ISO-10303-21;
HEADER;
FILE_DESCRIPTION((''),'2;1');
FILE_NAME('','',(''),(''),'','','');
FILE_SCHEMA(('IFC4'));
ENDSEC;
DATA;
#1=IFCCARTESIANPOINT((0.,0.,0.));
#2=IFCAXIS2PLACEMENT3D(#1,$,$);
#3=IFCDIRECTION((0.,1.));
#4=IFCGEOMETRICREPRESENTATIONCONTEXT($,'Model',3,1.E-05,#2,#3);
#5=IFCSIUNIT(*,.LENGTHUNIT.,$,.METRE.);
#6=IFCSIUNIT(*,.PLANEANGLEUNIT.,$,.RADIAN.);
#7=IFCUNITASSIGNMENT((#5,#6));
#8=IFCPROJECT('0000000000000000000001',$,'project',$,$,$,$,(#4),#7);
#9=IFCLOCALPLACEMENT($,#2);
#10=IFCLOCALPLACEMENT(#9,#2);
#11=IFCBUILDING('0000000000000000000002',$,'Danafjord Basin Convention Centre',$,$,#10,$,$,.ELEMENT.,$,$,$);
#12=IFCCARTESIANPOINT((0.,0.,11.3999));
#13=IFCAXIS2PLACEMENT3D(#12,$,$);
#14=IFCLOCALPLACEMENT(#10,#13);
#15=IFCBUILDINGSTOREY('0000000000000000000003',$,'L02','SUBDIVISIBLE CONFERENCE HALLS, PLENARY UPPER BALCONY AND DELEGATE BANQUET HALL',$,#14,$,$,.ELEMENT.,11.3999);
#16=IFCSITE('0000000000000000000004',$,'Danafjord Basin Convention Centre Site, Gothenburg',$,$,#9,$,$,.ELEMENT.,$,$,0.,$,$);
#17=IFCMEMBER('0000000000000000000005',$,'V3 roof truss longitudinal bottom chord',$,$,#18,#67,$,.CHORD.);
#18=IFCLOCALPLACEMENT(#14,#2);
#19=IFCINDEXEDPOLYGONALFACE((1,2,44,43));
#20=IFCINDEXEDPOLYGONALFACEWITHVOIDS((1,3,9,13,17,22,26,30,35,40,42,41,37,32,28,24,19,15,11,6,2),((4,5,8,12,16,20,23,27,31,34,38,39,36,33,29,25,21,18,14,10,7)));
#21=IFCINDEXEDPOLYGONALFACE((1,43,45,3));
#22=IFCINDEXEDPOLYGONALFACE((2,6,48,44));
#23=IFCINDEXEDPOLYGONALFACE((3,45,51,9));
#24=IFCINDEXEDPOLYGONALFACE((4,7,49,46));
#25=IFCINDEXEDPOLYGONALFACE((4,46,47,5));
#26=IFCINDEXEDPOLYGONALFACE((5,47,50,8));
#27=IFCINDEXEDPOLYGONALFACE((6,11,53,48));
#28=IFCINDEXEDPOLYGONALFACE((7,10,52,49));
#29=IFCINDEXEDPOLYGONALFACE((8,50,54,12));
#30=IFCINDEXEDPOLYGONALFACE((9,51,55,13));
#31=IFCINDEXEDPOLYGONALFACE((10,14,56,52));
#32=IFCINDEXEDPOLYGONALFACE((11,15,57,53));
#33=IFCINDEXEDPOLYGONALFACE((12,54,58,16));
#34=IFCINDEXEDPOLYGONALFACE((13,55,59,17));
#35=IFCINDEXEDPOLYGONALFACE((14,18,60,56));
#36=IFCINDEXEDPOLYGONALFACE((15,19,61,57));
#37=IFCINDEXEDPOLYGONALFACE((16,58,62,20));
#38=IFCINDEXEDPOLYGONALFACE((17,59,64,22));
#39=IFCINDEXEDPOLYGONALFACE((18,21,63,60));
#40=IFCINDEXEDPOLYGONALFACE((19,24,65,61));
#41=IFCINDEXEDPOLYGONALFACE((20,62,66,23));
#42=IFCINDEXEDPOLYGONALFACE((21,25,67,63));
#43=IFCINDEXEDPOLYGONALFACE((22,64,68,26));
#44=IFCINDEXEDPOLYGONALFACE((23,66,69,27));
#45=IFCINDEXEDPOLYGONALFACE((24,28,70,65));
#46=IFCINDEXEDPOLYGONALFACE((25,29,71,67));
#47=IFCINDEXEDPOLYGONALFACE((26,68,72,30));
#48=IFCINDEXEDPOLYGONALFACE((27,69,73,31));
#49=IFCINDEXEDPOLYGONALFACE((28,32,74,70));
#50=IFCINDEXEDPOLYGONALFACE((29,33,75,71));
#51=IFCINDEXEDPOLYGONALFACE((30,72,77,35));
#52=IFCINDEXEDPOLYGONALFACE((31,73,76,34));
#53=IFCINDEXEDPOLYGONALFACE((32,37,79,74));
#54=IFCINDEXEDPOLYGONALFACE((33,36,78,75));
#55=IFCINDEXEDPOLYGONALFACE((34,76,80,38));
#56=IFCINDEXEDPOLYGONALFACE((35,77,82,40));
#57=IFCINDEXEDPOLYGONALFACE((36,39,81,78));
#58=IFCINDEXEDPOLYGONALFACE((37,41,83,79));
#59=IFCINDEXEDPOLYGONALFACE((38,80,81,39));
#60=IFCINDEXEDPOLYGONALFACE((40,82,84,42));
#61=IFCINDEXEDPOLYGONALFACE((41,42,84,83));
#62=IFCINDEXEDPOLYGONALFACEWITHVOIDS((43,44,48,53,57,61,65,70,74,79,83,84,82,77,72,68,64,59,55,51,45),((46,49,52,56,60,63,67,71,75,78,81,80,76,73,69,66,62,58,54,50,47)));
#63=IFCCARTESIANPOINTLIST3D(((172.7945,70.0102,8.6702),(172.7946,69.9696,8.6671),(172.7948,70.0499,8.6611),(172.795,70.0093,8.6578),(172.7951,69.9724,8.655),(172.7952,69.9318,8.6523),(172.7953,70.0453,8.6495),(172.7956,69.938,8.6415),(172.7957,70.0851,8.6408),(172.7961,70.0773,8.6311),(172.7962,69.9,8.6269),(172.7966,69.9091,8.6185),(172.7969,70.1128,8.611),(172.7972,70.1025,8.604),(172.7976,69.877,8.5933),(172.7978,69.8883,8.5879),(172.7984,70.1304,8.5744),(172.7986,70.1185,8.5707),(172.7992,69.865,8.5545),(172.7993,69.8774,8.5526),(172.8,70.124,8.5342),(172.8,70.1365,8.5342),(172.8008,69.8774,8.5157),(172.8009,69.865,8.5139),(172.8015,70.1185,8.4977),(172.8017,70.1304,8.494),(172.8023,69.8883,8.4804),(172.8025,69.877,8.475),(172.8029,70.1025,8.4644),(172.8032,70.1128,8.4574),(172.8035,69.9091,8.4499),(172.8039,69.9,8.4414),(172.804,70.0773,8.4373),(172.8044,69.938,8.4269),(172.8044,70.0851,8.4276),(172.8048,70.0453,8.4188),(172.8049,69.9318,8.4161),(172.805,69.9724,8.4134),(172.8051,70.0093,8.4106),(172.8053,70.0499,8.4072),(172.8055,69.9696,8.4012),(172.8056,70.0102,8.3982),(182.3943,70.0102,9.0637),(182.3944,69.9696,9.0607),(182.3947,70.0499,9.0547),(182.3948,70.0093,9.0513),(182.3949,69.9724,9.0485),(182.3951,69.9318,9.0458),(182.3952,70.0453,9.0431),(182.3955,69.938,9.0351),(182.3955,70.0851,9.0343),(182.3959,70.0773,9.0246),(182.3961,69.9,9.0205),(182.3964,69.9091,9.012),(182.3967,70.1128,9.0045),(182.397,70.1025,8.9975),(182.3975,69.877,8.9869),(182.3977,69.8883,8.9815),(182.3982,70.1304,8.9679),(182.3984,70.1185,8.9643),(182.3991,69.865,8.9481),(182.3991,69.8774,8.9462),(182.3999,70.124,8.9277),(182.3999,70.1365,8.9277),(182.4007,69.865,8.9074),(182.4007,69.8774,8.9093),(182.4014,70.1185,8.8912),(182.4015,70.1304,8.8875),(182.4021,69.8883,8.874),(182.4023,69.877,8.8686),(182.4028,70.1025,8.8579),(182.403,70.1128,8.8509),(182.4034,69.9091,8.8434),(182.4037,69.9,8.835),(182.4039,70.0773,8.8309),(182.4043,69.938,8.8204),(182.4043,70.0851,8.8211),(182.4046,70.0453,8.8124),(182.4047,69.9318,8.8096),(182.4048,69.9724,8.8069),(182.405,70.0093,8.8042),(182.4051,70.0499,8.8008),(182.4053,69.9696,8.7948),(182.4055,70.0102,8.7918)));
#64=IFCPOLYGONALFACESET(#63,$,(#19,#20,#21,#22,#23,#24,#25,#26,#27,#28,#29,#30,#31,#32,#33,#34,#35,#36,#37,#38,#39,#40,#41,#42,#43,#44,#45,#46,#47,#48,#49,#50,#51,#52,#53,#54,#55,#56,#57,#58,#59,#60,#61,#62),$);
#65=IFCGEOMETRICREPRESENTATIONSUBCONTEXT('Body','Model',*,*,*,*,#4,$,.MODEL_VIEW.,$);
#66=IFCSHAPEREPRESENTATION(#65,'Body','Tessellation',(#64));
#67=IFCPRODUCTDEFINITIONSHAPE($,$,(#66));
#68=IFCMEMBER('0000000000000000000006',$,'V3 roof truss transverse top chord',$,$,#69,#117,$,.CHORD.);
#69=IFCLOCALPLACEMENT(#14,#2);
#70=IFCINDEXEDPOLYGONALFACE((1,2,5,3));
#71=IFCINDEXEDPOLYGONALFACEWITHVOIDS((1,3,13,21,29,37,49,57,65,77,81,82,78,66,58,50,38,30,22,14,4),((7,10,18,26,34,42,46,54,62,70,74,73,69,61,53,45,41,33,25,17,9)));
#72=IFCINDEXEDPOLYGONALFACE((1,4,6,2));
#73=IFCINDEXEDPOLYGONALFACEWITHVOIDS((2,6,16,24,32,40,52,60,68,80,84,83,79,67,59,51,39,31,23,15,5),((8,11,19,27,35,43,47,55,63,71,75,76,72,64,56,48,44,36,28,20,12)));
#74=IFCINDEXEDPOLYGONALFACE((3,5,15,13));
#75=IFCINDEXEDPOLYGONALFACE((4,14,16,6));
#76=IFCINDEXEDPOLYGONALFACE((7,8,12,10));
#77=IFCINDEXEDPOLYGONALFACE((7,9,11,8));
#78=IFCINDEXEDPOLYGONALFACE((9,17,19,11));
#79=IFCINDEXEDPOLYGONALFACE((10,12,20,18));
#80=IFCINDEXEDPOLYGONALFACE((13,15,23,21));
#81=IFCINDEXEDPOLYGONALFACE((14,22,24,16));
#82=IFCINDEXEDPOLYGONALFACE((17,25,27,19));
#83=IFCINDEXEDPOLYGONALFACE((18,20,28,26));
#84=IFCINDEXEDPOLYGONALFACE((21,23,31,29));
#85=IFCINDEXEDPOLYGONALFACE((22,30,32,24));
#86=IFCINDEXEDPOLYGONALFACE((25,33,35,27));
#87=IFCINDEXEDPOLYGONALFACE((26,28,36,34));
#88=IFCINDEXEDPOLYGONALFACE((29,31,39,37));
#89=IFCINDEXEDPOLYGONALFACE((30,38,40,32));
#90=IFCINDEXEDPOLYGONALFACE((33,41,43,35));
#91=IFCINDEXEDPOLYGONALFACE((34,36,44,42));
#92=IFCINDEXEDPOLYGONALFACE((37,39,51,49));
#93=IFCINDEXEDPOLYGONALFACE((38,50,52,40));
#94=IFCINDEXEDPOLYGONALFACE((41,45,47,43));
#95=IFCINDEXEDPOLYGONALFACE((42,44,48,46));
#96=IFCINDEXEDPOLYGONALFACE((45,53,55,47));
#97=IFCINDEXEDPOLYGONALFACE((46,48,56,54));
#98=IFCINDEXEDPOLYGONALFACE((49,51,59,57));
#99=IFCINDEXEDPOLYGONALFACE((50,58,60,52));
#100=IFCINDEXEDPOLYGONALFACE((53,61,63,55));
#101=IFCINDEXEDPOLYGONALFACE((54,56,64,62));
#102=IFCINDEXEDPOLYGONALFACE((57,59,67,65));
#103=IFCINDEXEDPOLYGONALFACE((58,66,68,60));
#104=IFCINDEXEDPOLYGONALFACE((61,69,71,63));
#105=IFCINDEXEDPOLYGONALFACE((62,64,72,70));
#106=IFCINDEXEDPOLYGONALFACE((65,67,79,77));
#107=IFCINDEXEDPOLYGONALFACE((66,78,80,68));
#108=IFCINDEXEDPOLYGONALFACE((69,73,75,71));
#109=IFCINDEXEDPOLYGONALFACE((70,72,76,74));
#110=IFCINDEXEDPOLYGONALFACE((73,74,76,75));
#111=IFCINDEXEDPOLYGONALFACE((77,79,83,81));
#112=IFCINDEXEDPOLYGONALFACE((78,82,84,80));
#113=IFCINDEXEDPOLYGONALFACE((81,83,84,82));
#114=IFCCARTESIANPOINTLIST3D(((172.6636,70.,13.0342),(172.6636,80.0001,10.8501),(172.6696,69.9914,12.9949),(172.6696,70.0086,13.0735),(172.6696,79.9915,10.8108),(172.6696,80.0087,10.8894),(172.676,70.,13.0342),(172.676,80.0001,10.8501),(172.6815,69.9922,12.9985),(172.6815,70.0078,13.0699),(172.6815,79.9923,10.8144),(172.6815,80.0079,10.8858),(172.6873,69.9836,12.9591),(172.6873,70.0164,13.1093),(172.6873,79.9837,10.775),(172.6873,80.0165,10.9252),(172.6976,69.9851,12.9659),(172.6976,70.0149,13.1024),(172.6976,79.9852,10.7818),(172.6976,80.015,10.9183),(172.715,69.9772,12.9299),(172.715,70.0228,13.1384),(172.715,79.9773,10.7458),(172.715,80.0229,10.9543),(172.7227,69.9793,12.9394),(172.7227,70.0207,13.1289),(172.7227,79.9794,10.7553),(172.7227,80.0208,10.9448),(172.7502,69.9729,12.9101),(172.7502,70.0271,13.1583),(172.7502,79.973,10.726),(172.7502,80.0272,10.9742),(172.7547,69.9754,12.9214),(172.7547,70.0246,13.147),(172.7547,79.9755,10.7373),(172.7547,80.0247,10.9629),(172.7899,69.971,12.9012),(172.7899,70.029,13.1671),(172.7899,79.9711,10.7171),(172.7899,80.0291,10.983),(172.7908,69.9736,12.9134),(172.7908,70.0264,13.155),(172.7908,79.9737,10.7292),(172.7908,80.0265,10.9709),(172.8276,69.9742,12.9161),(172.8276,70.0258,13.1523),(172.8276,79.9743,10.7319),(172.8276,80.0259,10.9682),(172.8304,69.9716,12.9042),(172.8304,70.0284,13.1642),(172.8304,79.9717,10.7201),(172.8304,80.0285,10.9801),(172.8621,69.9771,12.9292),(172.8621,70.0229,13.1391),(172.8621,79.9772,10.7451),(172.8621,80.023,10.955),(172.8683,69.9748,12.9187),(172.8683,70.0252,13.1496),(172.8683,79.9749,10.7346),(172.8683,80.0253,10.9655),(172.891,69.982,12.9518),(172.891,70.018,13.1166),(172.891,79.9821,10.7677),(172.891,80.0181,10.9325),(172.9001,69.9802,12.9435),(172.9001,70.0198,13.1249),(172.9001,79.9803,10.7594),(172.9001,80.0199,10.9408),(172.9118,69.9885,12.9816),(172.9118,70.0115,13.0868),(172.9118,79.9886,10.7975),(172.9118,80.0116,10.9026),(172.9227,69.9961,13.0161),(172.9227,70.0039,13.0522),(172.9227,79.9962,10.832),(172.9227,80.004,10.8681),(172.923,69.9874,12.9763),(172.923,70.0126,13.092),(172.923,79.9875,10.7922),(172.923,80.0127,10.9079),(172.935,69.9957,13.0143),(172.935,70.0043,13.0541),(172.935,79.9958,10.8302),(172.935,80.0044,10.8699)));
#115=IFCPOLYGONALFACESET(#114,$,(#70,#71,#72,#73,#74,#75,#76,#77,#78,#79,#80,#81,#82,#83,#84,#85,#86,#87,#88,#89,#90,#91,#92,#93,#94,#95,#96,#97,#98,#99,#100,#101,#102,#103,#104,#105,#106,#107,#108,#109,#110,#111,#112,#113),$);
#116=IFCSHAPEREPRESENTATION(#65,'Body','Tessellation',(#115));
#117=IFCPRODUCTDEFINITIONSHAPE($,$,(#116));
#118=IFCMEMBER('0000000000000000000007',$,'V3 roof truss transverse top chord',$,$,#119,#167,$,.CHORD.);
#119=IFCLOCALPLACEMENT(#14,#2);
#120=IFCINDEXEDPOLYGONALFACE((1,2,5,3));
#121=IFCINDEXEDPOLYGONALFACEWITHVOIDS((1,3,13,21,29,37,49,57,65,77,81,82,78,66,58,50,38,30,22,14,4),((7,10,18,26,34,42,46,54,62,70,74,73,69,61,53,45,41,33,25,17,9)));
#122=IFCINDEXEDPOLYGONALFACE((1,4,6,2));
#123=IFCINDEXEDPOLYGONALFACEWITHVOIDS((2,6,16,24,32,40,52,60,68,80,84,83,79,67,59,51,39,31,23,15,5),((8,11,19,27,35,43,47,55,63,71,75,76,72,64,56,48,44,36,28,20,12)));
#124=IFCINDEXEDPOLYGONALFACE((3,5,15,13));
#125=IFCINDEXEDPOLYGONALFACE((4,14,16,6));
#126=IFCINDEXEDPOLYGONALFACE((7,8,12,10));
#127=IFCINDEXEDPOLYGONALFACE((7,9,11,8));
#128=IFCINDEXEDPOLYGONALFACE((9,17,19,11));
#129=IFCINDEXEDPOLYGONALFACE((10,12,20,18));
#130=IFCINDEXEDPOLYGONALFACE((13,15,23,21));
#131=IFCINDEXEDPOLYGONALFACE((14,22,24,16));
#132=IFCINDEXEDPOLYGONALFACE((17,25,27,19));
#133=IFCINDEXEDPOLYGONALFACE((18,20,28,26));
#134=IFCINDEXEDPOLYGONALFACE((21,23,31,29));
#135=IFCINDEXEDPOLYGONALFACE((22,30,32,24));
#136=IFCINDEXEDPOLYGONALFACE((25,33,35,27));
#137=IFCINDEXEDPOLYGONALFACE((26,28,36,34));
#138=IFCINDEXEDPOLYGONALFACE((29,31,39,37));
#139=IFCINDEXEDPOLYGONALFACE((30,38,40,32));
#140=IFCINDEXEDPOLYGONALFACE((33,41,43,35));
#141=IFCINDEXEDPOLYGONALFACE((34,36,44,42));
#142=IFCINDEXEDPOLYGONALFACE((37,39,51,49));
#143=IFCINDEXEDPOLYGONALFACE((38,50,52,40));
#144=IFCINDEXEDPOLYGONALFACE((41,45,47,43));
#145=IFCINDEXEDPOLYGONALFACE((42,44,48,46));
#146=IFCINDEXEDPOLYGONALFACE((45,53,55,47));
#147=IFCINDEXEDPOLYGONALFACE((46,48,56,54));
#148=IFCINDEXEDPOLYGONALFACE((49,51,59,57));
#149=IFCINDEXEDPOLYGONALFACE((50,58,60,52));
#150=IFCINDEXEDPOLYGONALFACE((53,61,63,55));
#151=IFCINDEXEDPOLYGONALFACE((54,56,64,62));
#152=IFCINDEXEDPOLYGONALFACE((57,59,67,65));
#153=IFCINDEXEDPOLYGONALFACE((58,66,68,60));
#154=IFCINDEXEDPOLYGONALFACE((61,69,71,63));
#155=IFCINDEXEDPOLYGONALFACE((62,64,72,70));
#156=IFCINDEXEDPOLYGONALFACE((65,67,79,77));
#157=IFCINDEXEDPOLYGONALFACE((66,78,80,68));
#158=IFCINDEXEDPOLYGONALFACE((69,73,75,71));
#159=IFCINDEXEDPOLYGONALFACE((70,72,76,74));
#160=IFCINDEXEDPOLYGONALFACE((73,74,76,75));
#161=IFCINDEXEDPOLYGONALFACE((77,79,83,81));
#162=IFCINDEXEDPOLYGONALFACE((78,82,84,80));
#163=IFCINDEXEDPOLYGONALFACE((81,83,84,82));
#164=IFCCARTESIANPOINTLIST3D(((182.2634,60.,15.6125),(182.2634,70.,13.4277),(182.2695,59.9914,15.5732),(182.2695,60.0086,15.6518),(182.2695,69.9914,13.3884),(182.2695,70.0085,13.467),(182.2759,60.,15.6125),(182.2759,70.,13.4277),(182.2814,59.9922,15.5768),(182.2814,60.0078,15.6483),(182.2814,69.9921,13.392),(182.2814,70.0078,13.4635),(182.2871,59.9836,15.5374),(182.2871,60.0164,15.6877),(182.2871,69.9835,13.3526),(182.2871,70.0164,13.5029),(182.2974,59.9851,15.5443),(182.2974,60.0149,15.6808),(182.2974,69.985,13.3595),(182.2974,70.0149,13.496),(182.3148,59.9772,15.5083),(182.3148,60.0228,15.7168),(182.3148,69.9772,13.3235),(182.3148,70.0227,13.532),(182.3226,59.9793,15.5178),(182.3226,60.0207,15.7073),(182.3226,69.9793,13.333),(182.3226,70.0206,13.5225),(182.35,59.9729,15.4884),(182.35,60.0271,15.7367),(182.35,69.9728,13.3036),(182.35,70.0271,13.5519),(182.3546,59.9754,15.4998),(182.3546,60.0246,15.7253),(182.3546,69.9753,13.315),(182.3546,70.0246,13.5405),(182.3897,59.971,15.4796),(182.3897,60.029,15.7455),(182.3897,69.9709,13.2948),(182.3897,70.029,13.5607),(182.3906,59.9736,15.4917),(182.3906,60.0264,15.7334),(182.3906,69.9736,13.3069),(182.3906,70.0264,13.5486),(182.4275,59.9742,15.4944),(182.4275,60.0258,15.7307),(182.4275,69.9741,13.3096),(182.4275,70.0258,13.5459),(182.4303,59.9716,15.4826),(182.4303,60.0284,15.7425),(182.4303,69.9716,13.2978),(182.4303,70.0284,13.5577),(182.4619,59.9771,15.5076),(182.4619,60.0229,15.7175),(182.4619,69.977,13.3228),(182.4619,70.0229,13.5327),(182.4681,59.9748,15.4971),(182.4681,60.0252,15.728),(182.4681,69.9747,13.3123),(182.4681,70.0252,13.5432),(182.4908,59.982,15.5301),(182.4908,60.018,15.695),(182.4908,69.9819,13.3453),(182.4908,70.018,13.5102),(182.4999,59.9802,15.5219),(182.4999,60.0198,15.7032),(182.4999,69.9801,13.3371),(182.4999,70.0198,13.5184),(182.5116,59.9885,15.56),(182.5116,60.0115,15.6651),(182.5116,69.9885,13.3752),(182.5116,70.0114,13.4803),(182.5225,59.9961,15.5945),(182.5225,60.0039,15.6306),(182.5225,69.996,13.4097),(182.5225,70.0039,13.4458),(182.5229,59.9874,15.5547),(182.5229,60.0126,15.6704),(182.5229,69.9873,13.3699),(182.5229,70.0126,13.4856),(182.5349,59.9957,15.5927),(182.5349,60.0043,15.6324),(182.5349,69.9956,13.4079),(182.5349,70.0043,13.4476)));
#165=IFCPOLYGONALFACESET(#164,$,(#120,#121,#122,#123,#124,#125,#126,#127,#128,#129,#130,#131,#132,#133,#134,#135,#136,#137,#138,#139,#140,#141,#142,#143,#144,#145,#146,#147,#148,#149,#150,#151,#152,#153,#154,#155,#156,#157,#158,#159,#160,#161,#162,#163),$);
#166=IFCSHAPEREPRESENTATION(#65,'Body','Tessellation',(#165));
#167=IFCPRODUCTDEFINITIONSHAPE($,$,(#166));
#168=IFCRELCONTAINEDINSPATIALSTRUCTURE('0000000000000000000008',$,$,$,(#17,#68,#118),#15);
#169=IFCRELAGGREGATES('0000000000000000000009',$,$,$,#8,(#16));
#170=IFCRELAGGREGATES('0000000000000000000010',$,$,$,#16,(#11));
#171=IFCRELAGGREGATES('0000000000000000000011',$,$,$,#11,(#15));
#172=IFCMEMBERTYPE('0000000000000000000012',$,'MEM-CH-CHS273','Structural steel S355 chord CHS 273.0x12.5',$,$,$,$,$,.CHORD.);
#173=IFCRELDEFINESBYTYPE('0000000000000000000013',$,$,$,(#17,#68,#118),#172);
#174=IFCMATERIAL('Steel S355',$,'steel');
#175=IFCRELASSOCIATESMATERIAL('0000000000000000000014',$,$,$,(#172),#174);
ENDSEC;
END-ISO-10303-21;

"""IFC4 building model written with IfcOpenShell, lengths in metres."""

from ifc_helpers import new_model, si_unit, direction, frame, origin, origin_2d, place, context, subcontext, project, spatial, hollow_circle, extrude, material, material_profile, profile_set, type_object, element, save


model = new_model("IFC4")

# Units and contexts
model_context = context("Model", 3, precision=1e-05, world=origin(), true_north=direction((0.0, 1.0)))
body_context = subcontext(model_context, "Body", "Model", "MODEL_VIEW")
ifc_project = project(units=[si_unit("LENGTHUNIT", "METRE"), si_unit("PLANEANGLEUNIT", "RADIAN")], contexts=[model_context])

# Site, building, storey
site_placement = place(None, origin())
site = spatial("IfcSite", under=ifc_project, at=site_placement, Name="Danafjord Basin Convention Centre Site, Gothenburg", CompositionType="ELEMENT", RefElevation=0.0)
building_placement = place(site_placement, origin())
building = spatial("IfcBuilding", under=site, at=building_placement, Name="Danafjord Basin Convention Centre", CompositionType="ELEMENT")
storey_placement = place(building_placement, frame((0.0, 0.0, 11.3999)))
storey = spatial("IfcBuildingStorey", under=building, at=storey_placement, Name="L02", Description="SUBDIVISIBLE CONFERENCE HALLS, PLENARY UPPER BALCONY AND DELEGATE BANQUET HALL", CompositionType="ELEMENT", Elevation=11.3999)

# Members
ifc_material = material(Name="Steel S355", Category="steel")
ifc_material_profile_1 = material_profile(ifc_material, hollow_circle(Radius=0.1365, WallThickness=0.0125, at=origin_2d()), Name="CHS 273.0x12.5")
ifc_profile_set_1 = profile_set([ifc_material_profile_1], Name="Steel S355")
member_type_1 = type_object("IfcMemberType", Name="MEM-CH-CHS273", Description="Structural steel S355 chord CHS 273.0x12.5", PredefinedType="CHORD", material=ifc_profile_set_1)
member_1_placement = place(storey_placement, frame((172.8, 70.0, 8.5342), z_axis=(0.999161, 0.0, 0.040961), x_axis=(0.0, 1.0, 0.0)))
element("IfcMember", 1, at=member_1_placement, inside=storey, type_object=member_type_1, Name="V3 roof truss longitudinal bottom chord", PredefinedType="CHORD", context=body_context, shape_type="SweptSolid", body=[
    extrude(hollow_circle(Radius=0.1365, WallThickness=0.0125, at=origin_2d()), origin(), (0.0, 0.0, 1.0), 9.6079),
])
for number, where, z_axis, x_axis, name in (
    (2, (172.8, 70.0, 13.0342), (0.0, 0.97697, -0.213378), (-1.0, 0.0, 0.0), "V3 roof truss transverse top chord"),
    (3, (182.3999, 60.0, 15.6125), (0.0, 0.976955, -0.213446), (-1.0, 0.0, 0.0), "V3 roof truss transverse top chord"),
):
    element("IfcMember", number, at=place(storey_placement, frame(where, z_axis=z_axis, x_axis=x_axis)), inside=storey, type_object=member_type_1, Name=name, PredefinedType="CHORD", context=body_context, shape_type="SweptSolid", body=[
        extrude(hollow_circle(Radius=0.1365, WallThickness=0.0125, at=origin_2d()), origin(), (0.0, 0.0, 1.0), 10.2358),
    ])

save(model, "model.ifc")
